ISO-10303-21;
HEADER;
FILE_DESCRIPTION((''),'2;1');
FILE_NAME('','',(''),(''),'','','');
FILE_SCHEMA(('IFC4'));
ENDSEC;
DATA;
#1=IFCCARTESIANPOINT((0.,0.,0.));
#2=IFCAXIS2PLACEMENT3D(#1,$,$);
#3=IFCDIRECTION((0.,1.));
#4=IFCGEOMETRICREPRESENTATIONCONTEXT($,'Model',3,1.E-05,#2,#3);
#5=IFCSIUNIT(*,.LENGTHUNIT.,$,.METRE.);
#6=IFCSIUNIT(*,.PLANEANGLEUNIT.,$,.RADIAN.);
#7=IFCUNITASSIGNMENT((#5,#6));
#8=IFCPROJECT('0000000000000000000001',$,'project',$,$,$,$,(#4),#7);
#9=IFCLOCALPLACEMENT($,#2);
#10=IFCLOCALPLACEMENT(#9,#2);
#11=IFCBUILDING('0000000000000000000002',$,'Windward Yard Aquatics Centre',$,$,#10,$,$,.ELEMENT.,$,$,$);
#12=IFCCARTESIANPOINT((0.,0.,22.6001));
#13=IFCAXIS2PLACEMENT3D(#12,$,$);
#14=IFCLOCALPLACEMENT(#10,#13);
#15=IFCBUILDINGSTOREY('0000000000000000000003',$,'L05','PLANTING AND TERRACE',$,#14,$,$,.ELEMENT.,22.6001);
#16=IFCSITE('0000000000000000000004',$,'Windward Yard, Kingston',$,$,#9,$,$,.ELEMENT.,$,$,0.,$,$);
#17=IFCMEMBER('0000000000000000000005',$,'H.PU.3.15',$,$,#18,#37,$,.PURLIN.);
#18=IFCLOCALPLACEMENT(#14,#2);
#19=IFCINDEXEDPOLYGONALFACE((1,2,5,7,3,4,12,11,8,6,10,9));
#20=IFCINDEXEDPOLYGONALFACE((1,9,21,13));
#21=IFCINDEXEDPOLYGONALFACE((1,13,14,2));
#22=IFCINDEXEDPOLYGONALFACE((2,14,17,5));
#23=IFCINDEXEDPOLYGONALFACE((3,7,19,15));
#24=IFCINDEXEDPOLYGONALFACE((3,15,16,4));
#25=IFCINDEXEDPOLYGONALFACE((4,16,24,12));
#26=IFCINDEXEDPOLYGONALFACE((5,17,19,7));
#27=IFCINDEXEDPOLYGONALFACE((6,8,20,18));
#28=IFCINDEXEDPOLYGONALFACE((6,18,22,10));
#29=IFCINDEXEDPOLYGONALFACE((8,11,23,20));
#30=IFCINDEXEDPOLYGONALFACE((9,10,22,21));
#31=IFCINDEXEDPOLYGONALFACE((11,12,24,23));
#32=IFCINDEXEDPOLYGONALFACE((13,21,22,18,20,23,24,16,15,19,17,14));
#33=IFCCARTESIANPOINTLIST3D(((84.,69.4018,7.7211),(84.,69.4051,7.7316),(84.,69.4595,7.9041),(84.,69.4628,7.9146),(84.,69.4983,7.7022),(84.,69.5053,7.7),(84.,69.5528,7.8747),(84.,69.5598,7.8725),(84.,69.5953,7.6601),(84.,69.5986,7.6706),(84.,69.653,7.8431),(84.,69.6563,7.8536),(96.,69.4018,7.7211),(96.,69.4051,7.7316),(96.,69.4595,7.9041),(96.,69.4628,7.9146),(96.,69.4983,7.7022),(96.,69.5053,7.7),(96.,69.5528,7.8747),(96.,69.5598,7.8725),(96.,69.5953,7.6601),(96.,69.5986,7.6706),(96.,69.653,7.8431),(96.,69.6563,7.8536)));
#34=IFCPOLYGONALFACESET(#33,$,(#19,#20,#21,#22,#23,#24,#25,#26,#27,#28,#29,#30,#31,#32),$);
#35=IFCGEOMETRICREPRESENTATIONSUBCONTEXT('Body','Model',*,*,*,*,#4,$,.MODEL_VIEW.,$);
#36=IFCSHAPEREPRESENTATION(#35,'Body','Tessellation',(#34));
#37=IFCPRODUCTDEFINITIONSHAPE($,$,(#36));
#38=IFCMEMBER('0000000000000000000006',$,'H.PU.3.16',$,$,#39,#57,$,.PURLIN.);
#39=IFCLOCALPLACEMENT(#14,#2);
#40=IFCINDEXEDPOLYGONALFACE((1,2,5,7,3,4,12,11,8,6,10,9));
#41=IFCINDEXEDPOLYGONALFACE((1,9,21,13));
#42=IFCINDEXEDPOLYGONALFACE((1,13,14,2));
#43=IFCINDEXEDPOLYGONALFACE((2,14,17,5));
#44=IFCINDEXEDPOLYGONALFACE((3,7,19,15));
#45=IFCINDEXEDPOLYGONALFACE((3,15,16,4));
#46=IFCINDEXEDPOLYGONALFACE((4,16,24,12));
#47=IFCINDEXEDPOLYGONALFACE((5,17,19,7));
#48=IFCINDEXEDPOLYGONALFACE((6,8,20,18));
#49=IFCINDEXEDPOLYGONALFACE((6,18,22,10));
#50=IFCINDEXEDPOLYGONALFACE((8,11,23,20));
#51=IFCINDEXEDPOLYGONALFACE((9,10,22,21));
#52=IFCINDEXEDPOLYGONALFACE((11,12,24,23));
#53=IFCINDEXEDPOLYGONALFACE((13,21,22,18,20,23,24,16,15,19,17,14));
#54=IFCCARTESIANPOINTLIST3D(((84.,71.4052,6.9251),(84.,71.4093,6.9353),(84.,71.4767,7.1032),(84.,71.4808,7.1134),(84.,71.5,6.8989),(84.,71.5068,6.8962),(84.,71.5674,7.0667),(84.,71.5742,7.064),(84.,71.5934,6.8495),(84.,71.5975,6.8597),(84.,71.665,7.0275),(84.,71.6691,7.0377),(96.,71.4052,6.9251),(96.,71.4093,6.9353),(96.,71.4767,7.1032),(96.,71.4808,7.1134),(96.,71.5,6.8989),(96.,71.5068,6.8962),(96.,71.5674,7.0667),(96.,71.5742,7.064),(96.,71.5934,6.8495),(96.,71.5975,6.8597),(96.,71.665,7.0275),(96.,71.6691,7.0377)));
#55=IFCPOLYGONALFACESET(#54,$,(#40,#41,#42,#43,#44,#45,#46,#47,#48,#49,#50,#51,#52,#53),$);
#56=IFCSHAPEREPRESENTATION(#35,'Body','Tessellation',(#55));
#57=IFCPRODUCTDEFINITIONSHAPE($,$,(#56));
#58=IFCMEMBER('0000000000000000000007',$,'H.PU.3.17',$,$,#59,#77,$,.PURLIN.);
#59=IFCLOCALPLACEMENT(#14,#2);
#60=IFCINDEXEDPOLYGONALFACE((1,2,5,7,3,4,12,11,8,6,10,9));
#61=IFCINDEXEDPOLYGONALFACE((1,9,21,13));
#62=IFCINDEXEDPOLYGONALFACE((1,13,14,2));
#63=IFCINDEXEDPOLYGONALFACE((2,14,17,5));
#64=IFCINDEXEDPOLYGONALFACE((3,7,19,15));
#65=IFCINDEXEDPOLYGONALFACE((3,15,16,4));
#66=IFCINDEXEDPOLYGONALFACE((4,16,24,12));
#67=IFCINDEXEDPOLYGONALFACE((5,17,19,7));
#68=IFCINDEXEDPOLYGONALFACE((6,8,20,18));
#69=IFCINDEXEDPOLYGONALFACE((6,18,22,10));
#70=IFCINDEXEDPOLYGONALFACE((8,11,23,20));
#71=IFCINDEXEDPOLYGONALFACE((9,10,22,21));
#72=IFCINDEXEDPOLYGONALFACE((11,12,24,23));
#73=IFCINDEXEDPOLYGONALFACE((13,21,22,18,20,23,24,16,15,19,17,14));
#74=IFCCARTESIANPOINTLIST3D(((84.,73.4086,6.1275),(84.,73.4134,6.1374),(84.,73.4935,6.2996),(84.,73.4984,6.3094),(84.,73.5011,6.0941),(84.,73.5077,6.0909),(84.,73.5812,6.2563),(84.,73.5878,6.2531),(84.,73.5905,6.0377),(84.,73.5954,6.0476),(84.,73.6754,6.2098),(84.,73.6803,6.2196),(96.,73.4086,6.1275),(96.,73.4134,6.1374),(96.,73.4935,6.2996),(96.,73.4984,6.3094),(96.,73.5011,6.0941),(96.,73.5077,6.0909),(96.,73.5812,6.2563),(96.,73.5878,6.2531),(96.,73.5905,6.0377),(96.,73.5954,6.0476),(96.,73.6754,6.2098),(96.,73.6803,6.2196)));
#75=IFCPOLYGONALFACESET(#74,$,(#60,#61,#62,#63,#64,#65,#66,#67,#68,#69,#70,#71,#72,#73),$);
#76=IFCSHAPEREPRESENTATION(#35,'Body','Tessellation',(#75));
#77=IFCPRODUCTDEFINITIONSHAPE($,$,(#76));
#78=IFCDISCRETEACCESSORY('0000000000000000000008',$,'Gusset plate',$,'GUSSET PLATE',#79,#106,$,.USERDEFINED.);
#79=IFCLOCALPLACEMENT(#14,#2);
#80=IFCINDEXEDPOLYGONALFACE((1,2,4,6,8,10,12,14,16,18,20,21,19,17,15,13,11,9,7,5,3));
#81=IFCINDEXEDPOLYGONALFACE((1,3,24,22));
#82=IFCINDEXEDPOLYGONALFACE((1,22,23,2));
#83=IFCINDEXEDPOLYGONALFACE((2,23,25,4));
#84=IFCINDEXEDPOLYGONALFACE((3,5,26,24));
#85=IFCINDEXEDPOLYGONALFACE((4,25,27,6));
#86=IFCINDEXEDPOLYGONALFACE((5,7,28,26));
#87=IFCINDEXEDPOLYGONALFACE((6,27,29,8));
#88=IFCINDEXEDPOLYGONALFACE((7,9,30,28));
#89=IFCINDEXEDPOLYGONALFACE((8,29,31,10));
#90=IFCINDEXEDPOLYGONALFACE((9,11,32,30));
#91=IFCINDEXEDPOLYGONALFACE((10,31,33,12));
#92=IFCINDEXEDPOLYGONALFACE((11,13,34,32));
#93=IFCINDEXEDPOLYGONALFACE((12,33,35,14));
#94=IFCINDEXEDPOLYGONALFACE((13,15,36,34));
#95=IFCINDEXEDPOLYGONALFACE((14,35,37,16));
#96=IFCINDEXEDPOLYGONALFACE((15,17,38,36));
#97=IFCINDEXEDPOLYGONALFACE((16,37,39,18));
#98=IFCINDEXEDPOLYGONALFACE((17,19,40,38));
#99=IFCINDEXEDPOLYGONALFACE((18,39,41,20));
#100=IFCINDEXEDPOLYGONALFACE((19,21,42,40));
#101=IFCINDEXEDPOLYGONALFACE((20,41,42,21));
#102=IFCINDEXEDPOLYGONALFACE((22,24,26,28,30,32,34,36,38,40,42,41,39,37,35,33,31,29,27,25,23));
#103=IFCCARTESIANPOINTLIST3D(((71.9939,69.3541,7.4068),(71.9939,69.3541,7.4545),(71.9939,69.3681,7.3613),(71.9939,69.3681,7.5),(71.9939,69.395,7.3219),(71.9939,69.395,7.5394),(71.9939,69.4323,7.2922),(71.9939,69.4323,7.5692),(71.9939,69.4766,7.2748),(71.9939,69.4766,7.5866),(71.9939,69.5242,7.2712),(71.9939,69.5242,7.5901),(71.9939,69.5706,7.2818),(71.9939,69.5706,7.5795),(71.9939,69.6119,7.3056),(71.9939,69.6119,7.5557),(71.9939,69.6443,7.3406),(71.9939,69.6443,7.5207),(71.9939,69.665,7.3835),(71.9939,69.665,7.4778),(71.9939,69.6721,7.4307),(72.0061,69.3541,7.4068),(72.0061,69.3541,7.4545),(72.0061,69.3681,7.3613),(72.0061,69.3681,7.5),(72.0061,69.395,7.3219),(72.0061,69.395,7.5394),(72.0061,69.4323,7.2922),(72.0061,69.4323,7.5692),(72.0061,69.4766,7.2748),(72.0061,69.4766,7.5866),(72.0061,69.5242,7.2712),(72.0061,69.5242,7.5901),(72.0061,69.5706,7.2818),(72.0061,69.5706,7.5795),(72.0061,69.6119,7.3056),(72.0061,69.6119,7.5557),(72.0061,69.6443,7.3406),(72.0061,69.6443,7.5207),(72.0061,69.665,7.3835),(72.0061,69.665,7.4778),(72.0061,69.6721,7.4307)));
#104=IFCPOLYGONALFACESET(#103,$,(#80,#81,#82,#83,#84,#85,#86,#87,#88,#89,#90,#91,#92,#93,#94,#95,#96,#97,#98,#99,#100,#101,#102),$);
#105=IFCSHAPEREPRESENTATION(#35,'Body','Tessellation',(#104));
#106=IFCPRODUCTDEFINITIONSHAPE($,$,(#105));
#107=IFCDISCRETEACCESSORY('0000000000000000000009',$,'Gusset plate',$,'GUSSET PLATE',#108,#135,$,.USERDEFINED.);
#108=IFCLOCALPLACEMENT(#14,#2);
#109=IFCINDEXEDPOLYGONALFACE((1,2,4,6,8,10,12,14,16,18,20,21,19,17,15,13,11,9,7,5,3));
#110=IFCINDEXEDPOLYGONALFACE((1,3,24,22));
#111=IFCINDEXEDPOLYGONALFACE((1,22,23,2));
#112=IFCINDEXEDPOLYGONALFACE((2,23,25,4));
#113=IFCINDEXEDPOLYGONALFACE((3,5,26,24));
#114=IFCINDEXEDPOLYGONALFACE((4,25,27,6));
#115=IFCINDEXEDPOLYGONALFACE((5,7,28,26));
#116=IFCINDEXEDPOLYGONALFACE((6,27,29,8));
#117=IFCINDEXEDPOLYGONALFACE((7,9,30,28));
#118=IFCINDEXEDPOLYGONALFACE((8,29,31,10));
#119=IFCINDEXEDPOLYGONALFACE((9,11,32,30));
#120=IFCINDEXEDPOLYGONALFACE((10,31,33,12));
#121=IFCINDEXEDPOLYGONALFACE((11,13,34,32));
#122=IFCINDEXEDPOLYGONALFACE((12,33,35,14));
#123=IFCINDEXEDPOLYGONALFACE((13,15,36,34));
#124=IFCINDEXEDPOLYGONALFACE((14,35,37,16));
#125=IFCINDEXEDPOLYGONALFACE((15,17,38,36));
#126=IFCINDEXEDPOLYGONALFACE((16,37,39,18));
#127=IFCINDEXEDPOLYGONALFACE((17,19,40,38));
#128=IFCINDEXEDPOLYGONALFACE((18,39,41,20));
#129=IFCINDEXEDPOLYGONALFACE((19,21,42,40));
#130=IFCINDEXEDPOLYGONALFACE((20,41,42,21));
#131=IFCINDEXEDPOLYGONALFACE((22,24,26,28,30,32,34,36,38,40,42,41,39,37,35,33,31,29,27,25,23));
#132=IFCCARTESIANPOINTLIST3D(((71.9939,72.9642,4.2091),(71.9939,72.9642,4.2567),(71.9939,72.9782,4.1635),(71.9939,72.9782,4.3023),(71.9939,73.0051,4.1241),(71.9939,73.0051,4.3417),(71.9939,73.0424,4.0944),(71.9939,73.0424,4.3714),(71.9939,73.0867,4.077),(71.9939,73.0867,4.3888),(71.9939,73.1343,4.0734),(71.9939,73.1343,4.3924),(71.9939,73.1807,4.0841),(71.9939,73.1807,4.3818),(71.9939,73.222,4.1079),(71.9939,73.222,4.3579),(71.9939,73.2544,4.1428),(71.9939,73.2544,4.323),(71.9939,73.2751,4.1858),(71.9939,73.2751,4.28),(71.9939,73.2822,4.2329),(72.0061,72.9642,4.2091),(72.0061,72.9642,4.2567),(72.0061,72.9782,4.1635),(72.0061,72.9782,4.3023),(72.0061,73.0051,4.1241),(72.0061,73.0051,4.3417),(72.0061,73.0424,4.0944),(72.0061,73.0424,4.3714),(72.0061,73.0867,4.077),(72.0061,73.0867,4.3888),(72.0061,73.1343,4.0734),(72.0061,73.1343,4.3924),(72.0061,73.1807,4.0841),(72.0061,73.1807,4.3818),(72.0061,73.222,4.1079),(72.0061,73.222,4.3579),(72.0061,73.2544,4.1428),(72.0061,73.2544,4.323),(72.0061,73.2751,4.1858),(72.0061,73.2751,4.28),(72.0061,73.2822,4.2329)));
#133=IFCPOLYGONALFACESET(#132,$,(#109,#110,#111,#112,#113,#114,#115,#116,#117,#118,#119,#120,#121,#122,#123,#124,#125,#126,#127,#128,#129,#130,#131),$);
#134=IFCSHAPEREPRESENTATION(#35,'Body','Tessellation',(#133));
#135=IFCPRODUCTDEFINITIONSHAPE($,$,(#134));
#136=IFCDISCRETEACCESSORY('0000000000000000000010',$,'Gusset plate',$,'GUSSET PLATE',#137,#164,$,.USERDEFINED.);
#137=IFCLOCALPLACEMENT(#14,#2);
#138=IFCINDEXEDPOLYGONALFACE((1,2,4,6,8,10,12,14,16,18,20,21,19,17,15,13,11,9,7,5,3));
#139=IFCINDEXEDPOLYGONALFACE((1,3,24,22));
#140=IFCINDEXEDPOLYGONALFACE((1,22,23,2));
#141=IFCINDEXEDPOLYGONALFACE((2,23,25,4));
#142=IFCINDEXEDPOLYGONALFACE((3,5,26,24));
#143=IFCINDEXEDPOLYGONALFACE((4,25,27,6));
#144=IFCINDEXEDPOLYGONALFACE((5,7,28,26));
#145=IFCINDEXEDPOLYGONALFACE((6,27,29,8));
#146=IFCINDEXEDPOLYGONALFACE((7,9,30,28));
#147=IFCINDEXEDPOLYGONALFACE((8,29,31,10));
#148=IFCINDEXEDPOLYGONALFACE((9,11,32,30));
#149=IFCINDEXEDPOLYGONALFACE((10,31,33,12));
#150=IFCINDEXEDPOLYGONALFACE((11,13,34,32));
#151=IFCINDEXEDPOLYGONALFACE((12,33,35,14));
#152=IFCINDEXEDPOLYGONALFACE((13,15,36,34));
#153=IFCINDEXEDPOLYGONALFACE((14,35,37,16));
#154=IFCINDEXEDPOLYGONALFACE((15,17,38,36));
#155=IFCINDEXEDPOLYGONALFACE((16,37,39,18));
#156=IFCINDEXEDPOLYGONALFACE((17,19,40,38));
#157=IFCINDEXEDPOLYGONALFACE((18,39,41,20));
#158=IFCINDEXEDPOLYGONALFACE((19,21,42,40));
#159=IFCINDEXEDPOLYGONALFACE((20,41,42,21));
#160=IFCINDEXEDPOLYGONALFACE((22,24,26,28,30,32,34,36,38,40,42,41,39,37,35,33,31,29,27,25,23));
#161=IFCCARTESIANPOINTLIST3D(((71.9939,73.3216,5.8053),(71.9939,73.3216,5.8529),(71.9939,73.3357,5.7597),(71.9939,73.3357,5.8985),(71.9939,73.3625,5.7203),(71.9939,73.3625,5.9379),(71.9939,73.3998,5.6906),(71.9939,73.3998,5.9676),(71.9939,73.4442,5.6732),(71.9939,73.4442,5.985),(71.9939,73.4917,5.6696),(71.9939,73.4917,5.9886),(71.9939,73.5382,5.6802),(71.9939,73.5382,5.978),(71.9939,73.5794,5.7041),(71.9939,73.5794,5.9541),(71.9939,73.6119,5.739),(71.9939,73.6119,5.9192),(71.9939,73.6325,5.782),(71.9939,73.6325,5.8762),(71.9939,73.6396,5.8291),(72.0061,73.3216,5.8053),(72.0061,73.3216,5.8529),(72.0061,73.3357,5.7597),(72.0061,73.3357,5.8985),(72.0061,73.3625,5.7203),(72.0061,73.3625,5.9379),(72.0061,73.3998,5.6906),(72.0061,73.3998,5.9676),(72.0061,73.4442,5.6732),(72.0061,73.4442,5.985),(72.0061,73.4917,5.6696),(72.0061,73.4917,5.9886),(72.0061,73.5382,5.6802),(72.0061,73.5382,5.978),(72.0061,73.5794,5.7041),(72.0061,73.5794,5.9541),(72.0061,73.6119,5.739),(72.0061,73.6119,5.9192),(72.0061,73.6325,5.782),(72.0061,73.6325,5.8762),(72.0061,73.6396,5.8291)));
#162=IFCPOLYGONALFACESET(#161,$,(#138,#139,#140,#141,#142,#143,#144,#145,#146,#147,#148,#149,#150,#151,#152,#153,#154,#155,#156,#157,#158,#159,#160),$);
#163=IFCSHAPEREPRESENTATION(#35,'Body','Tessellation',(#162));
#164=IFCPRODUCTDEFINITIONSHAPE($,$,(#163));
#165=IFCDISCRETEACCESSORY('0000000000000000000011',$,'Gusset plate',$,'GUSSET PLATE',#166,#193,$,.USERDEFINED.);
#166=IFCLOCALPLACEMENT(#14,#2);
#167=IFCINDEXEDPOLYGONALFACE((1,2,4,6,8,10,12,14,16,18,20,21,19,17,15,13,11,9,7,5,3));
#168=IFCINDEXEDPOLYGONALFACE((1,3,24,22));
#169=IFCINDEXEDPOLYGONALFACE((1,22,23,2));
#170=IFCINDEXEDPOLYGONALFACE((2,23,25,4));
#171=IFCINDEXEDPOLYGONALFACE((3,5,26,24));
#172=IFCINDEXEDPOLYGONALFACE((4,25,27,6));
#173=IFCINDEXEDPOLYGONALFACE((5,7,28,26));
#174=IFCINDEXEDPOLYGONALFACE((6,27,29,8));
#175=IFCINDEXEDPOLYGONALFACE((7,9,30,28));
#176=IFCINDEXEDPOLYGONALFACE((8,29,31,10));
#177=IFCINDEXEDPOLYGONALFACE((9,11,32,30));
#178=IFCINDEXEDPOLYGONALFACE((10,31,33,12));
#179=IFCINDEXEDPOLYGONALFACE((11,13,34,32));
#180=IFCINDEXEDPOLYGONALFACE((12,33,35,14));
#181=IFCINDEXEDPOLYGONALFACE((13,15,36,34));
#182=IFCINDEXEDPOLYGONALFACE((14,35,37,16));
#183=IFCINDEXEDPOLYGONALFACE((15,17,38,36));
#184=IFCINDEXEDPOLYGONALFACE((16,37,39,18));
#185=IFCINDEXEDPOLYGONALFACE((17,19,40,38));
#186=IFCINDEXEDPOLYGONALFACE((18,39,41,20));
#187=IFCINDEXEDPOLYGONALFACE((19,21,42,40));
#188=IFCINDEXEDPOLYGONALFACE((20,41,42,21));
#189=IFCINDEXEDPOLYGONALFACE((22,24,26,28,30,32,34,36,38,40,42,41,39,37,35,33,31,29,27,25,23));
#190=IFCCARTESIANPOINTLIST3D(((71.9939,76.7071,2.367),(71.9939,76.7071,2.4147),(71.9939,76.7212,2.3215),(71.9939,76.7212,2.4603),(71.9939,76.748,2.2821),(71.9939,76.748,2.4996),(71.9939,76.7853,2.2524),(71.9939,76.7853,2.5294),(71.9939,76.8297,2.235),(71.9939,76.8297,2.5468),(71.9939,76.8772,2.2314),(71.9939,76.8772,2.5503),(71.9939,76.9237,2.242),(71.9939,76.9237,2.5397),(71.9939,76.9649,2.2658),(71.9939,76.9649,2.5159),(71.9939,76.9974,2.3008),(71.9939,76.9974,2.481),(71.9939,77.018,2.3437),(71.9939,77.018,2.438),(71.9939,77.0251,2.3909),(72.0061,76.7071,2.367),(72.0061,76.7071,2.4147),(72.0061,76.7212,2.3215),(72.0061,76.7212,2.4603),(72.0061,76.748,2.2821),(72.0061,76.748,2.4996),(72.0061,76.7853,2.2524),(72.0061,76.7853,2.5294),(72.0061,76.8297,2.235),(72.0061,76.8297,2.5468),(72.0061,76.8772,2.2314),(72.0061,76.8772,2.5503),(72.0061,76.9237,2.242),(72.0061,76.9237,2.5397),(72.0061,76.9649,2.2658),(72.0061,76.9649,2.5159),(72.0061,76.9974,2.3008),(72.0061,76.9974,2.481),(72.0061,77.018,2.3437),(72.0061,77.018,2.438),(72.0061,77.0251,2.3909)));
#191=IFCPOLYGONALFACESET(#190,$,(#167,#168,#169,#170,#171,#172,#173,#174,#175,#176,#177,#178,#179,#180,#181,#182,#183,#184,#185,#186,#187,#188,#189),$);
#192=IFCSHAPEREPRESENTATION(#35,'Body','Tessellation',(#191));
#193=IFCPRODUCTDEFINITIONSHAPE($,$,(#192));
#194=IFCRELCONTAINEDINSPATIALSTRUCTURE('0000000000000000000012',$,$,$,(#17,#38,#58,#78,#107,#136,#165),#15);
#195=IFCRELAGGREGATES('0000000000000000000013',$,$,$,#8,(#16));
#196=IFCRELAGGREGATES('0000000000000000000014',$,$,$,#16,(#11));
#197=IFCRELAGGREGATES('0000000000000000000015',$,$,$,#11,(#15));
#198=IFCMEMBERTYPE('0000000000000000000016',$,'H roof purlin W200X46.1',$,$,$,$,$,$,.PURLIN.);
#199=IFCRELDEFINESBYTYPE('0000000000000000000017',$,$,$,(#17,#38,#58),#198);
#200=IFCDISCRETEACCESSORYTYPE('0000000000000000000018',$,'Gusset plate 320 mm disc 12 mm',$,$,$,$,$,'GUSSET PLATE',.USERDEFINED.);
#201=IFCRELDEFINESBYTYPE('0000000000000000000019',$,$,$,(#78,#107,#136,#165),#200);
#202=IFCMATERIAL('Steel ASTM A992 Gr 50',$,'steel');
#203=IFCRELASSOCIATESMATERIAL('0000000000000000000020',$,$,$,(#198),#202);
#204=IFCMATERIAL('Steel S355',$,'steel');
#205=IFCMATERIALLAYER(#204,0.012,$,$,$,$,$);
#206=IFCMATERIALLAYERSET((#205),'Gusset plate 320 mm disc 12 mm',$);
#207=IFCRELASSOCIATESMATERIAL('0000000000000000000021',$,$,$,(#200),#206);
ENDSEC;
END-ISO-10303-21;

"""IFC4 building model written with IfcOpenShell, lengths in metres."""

from ifc_helpers import new_model, si_unit, direction, frame, origin, origin_2d, place, context, subcontext, project, spatial, circle, i_section, extrude, material, layer, layer_set, material_profile, profile_set, type_object, element, save


model = new_model("IFC4")

# Units and contexts
model_context = context("Model", 3, precision=1e-05, world=origin(), true_north=direction((0.0, 1.0)))
body_context = subcontext(model_context, "Body", "Model", "MODEL_VIEW")
ifc_project = project(units=[si_unit("LENGTHUNIT", "METRE"), si_unit("PLANEANGLEUNIT", "RADIAN")], contexts=[model_context])

# Site, building, storey
site_placement = place(None, origin())
site = spatial("IfcSite", under=ifc_project, at=site_placement, Name="Windward Yard, Kingston", CompositionType="ELEMENT", RefElevation=0.0)
building_placement = place(site_placement, origin())
building = spatial("IfcBuilding", under=site, at=building_placement, Name="Windward Yard Aquatics Centre", CompositionType="ELEMENT")
storey_placement = place(building_placement, frame((0.0, 0.0, 22.6001)))
storey = spatial("IfcBuildingStorey", under=building, at=storey_placement, Name="L05", Description="PLANTING AND TERRACE", CompositionType="ELEMENT", Elevation=22.6001)

# Members
ifc_material_1 = material(Name="Steel ASTM A992 Gr 50", Category="steel")
ifc_material_profile_1 = material_profile(ifc_material_1, i_section(OverallWidth=0.2029, OverallDepth=0.2029, WebThickness=0.0073, FlangeThickness=0.011, at=origin_2d()), Name="W200X46.1")
ifc_profile_set_1 = profile_set([ifc_material_profile_1], Name="Steel ASTM A992 Gr 50")
member_type_1 = type_object("IfcMemberType", Name="H roof purlin W200X46.1", PredefinedType="PURLIN", material=ifc_profile_set_1)
for number, where, z_axis, x_axis, name in (
    (1, (84.0, 69.5291, 7.7874), (1.0, 0.0, 0.0), (0.0, 0.953633, -0.300973), "H.PU.3.15"),
    (2, (84.0, 71.5371, 6.9814), (1.0, 0.0, 0.0), (0.0, 0.927869, -0.372907), "H.PU.3.16"),
    (3, (84.0, 73.5444, 6.1736), (1.0, 0.0, 0.0), (0.0, 0.896687, -0.442665), "H.PU.3.17"),
):
    element("IfcMember", number, at=place(storey_placement, frame(where, z_axis=z_axis, x_axis=x_axis)), inside=storey, type_object=member_type_1, Name=name, PredefinedType="PURLIN", context=body_context, shape_type="SweptSolid", body=[
        extrude(i_section(OverallWidth=0.2029, OverallDepth=0.2029, WebThickness=0.0073, FlangeThickness=0.011, at=origin_2d()), origin(), (0.0, 0.0, 1.0), 12.0),
    ])

# Discrete accessories
ifc_material_2 = material(Name="Steel S355", Category="steel")
ifc_layer = layer(ifc_material_2, 0.012)
ifc_layer_set = layer_set([ifc_layer], Name="Gusset plate 320 mm disc 12 mm")
discrete_accessory_type = type_object("IfcDiscreteAccessoryType", Name="Gusset plate 320 mm disc 12 mm", ElementType="GUSSET PLATE", PredefinedType="USERDEFINED", material=ifc_layer_set)
for number, where, z_axis, x_axis, name in (
    (4, (71.9939, 69.5122, 7.4307), (1.0, 0.0, 0.0), (0.0, 1.0, 0.0), "Gusset plate"),
    (5, (71.9939, 73.1223, 4.2329), (1.0, 0.0, 0.0), (0.0, 1.0, 0.0), "Gusset plate"),
    (6, (71.9939, 73.4797, 5.8291), (1.0, 0.0, 0.0), (0.0, 1.0, 0.0), "Gusset plate"),
    (7, (71.9939, 76.8652, 2.3909), (1.0, 0.0, 0.0), (0.0, 1.0, 0.0), "Gusset plate"),
):
    element("IfcDiscreteAccessory", number, at=place(storey_placement, frame(where, z_axis=z_axis, x_axis=x_axis)), inside=storey, type_object=discrete_accessory_type, Name=name, ObjectType="GUSSET PLATE", PredefinedType="USERDEFINED", context=body_context, shape_type="SweptSolid", body=[
        extrude(circle(Radius=0.1599, at=origin_2d()), origin(), (0.0, 0.0, 1.0), 0.0122),
    ])

save(model, "model.ifc")
